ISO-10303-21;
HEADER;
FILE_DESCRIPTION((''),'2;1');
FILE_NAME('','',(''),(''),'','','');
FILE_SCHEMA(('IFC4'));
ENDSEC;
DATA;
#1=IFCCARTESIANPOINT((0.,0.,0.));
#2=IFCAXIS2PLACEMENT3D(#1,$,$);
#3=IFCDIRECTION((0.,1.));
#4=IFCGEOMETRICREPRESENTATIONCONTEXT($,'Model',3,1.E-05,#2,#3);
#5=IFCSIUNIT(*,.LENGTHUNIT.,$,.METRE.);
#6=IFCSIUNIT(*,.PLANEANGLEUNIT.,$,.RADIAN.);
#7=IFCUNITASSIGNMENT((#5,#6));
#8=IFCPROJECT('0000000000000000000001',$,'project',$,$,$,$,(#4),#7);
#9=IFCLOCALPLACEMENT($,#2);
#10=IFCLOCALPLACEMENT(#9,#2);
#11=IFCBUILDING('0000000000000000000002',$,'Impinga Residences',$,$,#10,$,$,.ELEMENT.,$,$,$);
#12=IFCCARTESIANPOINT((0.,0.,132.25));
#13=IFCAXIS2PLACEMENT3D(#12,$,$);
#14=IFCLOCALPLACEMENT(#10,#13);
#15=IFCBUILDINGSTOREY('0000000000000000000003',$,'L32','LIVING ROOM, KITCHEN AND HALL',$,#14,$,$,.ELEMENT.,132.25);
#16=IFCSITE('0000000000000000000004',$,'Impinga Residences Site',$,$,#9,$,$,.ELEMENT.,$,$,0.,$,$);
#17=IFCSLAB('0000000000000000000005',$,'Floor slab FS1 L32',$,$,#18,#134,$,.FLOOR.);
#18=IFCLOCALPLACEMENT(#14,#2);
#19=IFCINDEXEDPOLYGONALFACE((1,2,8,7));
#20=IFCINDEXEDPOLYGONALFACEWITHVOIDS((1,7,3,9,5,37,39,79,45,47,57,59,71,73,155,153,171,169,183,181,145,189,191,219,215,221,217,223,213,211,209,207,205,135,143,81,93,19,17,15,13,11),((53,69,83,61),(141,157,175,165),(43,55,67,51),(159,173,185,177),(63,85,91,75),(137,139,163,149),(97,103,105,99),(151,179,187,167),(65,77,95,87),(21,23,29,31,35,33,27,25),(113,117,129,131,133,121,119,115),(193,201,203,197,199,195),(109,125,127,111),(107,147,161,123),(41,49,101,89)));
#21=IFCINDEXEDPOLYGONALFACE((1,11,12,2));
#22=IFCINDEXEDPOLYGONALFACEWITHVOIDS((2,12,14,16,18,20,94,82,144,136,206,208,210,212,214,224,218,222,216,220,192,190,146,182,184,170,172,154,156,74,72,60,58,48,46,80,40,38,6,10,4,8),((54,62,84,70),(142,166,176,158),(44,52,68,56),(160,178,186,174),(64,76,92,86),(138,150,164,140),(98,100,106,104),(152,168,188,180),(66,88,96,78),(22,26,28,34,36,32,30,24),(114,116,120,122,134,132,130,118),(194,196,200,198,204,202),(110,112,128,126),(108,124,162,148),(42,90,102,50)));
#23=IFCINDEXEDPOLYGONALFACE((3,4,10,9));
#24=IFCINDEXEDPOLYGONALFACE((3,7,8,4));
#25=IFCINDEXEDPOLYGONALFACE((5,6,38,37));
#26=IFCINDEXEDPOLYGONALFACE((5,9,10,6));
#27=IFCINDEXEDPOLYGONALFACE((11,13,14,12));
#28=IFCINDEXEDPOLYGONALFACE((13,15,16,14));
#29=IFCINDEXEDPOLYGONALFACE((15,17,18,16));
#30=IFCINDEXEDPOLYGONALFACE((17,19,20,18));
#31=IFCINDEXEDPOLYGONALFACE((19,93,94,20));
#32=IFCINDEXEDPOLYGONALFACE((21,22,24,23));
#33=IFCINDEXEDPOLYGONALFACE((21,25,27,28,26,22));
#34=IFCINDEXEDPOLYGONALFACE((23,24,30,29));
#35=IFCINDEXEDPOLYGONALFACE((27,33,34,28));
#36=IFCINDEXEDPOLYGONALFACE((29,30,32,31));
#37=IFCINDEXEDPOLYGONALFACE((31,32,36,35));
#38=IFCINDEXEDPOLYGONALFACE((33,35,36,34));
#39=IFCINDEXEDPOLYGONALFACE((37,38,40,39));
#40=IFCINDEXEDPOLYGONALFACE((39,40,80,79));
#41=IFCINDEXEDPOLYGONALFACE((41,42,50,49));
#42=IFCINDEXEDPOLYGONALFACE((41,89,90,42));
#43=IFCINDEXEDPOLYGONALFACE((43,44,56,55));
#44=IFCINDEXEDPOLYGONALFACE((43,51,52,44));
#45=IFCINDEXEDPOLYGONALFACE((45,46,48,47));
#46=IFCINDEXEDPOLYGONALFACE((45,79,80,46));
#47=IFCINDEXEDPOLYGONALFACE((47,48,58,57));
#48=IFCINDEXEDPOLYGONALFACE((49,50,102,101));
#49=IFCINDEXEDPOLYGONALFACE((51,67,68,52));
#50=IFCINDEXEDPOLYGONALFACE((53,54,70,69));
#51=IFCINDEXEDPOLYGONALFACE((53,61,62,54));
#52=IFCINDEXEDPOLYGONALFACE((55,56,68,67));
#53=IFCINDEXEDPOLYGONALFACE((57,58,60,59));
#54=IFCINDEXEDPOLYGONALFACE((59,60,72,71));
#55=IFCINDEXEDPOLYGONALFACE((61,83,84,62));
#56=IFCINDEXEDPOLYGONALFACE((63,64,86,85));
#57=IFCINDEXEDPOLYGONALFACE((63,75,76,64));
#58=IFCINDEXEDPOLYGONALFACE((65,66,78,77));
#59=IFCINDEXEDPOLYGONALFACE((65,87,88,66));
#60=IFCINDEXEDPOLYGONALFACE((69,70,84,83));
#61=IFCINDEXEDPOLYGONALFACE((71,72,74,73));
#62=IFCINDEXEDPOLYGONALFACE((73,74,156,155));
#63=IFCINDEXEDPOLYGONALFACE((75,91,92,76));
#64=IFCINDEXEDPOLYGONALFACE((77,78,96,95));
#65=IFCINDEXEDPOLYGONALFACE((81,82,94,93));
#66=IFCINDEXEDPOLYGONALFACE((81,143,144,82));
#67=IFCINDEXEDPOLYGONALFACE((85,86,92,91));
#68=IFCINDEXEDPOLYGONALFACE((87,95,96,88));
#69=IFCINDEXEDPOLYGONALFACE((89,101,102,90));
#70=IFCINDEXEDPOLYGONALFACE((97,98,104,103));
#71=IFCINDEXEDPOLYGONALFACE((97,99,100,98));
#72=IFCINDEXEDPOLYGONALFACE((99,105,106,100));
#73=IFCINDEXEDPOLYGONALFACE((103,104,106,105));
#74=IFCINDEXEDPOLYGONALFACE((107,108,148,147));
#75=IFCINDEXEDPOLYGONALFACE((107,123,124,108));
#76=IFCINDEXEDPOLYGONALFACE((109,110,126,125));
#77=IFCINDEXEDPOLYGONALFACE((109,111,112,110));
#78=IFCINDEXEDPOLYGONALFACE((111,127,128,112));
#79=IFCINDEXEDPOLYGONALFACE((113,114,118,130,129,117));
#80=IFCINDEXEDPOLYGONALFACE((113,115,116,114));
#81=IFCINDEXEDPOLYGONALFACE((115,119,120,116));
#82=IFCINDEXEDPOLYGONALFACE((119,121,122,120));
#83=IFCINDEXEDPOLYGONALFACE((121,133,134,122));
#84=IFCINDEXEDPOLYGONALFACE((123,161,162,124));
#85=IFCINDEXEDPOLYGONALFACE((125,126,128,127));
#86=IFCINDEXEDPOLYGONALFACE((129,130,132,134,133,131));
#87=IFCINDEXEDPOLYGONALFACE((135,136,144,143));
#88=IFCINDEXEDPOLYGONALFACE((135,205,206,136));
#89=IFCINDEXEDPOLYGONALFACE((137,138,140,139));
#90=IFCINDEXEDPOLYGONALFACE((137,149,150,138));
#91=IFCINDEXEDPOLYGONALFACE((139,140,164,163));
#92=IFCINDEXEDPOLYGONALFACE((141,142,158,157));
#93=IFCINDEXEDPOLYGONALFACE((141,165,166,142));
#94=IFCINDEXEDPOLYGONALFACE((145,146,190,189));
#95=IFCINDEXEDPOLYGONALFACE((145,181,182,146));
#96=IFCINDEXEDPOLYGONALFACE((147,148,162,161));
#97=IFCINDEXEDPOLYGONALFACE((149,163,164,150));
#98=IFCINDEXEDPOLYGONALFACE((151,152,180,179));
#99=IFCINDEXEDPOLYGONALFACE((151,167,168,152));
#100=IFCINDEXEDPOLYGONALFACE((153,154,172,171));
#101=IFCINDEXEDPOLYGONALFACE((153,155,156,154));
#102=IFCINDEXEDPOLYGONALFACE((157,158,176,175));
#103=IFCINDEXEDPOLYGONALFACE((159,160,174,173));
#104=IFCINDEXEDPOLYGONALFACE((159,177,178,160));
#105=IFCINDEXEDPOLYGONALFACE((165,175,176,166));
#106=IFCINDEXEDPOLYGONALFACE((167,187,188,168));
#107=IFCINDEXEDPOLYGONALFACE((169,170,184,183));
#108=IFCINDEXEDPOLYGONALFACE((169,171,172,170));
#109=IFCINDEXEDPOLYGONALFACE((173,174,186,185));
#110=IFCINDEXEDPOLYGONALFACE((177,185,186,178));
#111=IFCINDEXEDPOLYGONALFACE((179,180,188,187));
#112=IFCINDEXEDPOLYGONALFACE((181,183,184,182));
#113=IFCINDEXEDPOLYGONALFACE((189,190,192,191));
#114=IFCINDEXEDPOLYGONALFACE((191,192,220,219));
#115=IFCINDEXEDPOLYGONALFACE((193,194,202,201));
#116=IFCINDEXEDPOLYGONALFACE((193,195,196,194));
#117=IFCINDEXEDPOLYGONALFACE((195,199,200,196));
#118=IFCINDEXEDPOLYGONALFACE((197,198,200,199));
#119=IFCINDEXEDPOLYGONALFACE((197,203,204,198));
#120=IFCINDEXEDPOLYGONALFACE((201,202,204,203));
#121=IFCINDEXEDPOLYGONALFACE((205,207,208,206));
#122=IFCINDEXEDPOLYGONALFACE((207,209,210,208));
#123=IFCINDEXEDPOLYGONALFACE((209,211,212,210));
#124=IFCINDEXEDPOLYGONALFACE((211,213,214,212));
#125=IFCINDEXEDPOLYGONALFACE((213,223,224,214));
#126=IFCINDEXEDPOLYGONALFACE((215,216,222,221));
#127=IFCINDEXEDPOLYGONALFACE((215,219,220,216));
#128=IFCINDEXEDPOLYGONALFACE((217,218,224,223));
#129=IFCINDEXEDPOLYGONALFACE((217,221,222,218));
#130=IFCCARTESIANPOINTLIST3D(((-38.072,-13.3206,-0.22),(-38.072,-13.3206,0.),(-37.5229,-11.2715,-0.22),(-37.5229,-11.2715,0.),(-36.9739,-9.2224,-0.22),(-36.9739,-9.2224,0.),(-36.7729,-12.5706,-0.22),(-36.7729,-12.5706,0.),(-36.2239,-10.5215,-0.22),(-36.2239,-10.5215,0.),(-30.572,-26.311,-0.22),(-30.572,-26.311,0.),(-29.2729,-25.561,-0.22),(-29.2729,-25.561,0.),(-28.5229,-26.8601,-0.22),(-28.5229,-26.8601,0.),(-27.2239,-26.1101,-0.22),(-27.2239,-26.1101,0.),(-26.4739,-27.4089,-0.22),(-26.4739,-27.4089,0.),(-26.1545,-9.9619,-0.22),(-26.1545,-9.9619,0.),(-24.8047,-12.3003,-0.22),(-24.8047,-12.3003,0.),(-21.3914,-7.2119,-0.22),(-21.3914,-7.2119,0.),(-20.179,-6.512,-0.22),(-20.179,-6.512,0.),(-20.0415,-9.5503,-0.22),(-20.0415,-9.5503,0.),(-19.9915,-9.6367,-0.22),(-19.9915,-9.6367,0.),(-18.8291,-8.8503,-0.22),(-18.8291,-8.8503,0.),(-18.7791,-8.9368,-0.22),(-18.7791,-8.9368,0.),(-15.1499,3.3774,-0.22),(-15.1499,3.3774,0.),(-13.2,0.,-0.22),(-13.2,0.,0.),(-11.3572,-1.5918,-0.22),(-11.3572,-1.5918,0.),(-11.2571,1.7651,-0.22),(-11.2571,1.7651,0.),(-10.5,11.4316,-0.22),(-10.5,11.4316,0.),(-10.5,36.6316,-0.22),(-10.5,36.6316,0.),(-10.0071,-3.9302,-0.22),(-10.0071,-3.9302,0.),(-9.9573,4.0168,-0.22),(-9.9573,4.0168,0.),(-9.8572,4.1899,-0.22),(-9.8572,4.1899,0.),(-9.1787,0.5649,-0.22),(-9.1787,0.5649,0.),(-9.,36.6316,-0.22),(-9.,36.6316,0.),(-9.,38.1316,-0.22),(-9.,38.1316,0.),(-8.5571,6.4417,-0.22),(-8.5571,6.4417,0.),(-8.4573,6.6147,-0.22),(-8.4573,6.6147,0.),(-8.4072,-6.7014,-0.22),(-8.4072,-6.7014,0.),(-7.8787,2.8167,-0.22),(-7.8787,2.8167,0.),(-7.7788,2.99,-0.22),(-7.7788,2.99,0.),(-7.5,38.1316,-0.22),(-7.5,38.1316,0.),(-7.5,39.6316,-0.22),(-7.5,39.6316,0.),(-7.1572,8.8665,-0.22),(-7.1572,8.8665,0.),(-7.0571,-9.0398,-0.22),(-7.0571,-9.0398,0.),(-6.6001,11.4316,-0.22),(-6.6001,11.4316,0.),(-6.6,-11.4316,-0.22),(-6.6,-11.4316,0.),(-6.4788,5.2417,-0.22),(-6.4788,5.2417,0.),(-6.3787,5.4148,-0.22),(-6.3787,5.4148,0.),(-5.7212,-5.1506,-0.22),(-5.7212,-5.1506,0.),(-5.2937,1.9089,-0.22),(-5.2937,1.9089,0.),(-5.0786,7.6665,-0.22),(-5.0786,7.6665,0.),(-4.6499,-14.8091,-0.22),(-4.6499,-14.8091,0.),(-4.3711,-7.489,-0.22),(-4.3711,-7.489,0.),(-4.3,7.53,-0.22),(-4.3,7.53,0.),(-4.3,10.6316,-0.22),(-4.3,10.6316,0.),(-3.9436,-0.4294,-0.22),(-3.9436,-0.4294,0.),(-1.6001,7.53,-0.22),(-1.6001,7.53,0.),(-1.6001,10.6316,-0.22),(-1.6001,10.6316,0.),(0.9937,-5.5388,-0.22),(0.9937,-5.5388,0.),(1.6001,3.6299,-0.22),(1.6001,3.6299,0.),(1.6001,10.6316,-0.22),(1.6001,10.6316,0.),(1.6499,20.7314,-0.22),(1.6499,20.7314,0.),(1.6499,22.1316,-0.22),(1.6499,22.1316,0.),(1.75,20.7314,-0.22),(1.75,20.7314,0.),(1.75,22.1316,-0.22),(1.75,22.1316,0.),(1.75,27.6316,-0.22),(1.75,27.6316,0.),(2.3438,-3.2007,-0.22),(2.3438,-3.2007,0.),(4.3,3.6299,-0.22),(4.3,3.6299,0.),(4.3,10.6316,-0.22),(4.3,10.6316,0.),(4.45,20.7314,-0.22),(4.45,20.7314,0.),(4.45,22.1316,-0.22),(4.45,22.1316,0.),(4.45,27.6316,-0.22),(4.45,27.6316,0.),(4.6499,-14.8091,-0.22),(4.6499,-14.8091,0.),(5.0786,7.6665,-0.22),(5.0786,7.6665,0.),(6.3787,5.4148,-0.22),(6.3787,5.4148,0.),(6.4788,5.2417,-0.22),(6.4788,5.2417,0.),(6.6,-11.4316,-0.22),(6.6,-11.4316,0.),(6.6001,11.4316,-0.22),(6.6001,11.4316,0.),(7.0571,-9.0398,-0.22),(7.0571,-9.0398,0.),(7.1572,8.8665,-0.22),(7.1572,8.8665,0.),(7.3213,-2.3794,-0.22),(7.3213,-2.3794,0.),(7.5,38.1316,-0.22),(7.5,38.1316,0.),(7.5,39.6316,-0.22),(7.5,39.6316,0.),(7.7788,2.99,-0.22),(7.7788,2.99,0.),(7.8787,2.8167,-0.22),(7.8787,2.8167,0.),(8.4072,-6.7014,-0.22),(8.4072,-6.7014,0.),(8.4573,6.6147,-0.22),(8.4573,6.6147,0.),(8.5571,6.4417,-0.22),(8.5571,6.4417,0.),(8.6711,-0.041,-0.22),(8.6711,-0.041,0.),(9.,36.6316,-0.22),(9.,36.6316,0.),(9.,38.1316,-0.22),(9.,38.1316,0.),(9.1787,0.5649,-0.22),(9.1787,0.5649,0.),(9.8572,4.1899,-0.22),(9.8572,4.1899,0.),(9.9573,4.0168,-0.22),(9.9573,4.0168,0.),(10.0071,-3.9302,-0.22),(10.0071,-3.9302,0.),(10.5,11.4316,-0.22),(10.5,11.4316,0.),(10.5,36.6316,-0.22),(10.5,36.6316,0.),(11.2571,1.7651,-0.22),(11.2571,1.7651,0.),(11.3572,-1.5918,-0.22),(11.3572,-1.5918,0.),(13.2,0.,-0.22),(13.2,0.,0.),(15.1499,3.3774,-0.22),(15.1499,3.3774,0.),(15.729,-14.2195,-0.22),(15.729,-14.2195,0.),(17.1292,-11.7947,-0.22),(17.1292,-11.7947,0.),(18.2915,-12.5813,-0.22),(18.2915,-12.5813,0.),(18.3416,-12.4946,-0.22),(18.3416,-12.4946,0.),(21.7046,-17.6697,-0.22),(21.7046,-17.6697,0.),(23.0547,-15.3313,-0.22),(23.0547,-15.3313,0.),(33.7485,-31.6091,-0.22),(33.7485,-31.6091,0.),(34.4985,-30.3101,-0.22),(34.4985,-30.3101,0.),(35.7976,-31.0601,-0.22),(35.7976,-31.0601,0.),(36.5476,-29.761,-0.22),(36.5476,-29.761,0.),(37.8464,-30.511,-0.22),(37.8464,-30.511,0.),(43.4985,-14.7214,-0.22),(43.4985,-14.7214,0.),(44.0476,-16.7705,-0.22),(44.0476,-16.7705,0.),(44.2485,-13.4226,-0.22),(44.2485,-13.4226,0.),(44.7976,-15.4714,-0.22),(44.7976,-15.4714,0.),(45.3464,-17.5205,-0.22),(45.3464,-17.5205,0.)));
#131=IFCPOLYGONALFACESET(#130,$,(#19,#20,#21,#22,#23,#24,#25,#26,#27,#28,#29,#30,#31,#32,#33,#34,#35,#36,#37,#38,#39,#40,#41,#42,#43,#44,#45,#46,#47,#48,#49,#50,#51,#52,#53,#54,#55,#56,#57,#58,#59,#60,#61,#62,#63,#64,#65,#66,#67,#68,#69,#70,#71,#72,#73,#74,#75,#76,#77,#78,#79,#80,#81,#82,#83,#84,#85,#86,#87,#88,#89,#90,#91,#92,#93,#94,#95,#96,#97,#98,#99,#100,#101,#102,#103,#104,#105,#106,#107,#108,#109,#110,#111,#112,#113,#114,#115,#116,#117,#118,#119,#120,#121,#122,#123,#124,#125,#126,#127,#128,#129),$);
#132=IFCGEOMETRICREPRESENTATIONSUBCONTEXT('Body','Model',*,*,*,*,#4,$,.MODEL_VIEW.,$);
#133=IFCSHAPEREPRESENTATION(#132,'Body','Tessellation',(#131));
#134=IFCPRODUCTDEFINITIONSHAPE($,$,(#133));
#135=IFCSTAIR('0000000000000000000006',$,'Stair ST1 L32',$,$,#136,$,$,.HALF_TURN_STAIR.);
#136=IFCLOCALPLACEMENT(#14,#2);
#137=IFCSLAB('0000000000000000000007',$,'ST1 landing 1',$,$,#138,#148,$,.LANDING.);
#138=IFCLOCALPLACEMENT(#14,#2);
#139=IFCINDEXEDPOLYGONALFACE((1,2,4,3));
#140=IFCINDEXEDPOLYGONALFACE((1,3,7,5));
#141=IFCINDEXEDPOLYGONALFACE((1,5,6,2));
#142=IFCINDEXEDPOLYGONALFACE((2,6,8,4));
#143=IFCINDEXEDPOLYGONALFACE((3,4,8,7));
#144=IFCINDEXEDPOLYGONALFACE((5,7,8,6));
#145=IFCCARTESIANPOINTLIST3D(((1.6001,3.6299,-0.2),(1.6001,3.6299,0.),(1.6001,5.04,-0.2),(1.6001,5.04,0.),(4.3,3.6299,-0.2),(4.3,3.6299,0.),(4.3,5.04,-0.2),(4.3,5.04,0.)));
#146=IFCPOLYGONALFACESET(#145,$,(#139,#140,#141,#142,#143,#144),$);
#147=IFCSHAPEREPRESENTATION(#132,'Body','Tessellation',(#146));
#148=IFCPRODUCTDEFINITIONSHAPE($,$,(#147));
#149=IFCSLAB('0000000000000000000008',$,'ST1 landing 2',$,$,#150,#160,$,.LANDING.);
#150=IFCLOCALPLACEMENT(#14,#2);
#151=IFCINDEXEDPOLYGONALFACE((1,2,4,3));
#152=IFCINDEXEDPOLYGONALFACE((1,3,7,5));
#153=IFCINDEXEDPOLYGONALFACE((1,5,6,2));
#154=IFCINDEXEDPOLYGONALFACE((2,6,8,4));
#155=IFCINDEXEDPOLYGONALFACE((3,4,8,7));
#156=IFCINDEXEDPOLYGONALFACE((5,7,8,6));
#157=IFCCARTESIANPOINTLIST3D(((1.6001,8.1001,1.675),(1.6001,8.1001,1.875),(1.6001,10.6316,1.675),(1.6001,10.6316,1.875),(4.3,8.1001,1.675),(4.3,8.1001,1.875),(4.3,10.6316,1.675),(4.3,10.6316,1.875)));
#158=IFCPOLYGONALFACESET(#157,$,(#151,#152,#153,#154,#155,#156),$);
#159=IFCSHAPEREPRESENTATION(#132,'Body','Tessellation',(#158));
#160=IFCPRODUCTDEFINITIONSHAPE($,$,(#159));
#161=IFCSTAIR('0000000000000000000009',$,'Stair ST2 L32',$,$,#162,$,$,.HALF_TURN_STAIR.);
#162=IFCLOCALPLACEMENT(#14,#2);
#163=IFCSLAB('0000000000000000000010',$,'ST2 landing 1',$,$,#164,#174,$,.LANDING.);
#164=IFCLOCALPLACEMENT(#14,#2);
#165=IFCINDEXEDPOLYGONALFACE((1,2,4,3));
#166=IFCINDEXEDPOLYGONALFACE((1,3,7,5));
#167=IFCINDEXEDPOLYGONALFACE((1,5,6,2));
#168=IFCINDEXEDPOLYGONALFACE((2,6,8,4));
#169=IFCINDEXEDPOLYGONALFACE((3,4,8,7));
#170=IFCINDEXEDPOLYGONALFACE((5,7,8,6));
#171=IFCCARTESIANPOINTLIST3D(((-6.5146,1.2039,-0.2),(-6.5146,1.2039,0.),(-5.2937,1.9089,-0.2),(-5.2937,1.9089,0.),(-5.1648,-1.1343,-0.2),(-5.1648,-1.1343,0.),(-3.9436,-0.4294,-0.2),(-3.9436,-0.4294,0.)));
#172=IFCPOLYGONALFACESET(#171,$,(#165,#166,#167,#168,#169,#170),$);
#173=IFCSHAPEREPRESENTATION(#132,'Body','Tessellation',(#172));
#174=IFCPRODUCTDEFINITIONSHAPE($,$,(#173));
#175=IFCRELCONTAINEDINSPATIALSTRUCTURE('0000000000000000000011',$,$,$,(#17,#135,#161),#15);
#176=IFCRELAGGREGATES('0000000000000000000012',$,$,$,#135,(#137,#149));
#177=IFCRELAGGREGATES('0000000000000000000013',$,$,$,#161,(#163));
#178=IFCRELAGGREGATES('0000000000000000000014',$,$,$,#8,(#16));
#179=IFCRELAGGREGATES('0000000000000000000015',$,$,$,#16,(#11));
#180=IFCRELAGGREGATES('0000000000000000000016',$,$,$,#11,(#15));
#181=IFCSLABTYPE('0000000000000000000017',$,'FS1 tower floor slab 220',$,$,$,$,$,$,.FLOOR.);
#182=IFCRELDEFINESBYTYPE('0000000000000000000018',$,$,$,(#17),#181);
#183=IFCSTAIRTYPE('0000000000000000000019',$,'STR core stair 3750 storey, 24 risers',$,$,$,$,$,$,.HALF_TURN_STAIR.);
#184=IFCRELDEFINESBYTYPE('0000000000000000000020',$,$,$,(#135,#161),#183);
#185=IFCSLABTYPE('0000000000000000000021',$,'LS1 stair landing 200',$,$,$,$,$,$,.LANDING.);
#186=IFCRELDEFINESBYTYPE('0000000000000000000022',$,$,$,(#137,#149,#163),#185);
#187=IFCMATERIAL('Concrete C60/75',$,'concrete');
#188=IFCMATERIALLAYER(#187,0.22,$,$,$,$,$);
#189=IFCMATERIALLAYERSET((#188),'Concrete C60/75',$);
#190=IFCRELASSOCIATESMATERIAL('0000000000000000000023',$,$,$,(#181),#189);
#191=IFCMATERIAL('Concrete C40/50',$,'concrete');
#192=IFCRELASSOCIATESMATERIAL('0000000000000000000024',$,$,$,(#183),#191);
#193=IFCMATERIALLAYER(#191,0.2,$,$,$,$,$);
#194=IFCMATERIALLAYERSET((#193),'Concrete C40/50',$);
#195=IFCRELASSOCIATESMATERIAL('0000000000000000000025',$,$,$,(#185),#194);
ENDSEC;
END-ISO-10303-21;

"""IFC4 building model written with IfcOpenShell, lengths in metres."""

from ifc_helpers import new_model, si_unit, direction, frame, origin, place, context, subcontext, project, spatial, polyline, outline, extrude, material, layer, layer_set, type_object, element, aggregate, save


model = new_model("IFC4")

# Units and contexts
model_context = context("Model", 3, precision=1e-05, world=origin(), true_north=direction((0.0, 1.0)))
body_context = subcontext(model_context, "Body", "Model", "MODEL_VIEW")
ifc_project = project(units=[si_unit("LENGTHUNIT", "METRE"), si_unit("PLANEANGLEUNIT", "RADIAN")], contexts=[model_context])

# Site, building, storey
site_placement = place(None, origin())
site = spatial("IfcSite", under=ifc_project, at=site_placement, Name="Impinga Residences Site", CompositionType="ELEMENT", RefElevation=0.0)
building_placement = place(site_placement, origin())
building = spatial("IfcBuilding", under=site, at=building_placement, Name="Impinga Residences", CompositionType="ELEMENT")
storey_placement = place(building_placement, frame((0.0, 0.0, 132.25)))
storey = spatial("IfcBuildingStorey", under=building, at=storey_placement, Name="L32", Description="LIVING ROOM, KITCHEN AND HALL", CompositionType="ELEMENT", Elevation=132.25)

# Slab
ifc_material_1 = material(Name="Concrete C60/75", Category="concrete")
ifc_layer_1 = layer(ifc_material_1, 0.22)
ifc_layer_set_1 = layer_set([ifc_layer_1], Name="Concrete C60/75")
slab_type_1 = type_object("IfcSlabType", Name="FS1 tower floor slab 220", PredefinedType="FLOOR", material=ifc_layer_set_1)
slab_1_placement = place(storey_placement, frame((0.0, 0.0, -0.22)))
element("IfcSlab", 1, at=slab_1_placement, inside=storey, type_object=slab_type_1, Name="Floor slab FS1 L32", PredefinedType="FLOOR", context=body_context, shape_type="SweptSolid", body=[
    extrude(outline(polyline([(43.4985, -14.7214), (44.7976, -15.4714), (44.0476, -16.7705), (45.3464, -17.5205), (37.8464, -30.511), (36.5476, -29.761), (35.7976, -31.0601), (34.4985, -30.3101), (33.7485, -31.6091), (4.6499, -14.8091), (9.9001, -5.7158), (6.6001, -11.4316), (-6.6001, -11.4316), (-9.9001, -5.7158), (-4.6499, -14.8091), (-26.4739, -27.4089), (-27.2239, -26.1101), (-28.5229, -26.8601), (-29.2729, -25.561), (-30.572, -26.311), (-38.072, -13.3206), (-36.7729, -12.5706), (-37.5229, -11.2715), (-36.2239, -10.5215), (-36.9739, -9.2224), (-15.1499, 3.3774), (-13.2, 0.0), (-6.6001, 11.4316), (-10.5, 11.4316), (-10.5, 36.6316), (-9.0, 36.6316), (-9.0, 38.1316), (-7.5, 38.1316), (-7.5, 39.6316), (7.5, 39.6316), (7.5, 38.1316), (9.0, 38.1316), (9.0, 36.6316), (10.5, 36.6316), (10.5, 11.4316), (6.6001, 11.4316), (13.2, 0.0), (15.1499, 3.3774), (44.2485, -13.4226), (43.4985, -14.7214)]), holes=[polyline([(-18.7791, -8.9368), (-18.8291, -8.8503), (-18.8291, -8.8503), (-20.179, -6.512), (-21.3914, -7.2119), (-21.3914, -7.2119), (-26.1545, -9.9619), (-24.8047, -12.3003), (-20.0415, -9.5503), (-19.9915, -9.6367), (-18.7791, -8.9368)]), polyline([(-4.3711, -7.489), (-5.7212, -5.1506), (-8.4072, -6.7014), (-7.0571, -9.0398), (-4.3711, -7.489)]), polyline([(-3.9436, -0.4294), (-5.2937, 1.9089), (-11.3572, -1.5918), (-10.0071, -3.9302), (-3.9436, -0.4294)]), polyline([(-7.8787, 2.8167), (-9.9573, 4.0168), (-11.2571, 1.7651), (-9.1787, 0.5649), (-7.8787, 2.8167)]), polyline([(-6.4788, 5.2417), (-8.5571, 6.4417), (-9.8572, 4.1899), (-7.7788, 2.99), (-6.4788, 5.2417)]), polyline([(4.3, 3.6299), (4.3, 10.6316), (1.6001, 10.6316), (1.6001, 3.6299), (4.3, 3.6299)]), polyline([(-6.3787, 5.4148), (-5.0786, 7.6665), (-7.1572, 8.8665), (-8.4573, 6.6147), (-6.3787, 5.4148)]), polyline([(-4.3, 7.53), (-1.6001, 7.53), (-1.6001, 10.6316), (-4.3, 10.6316), (-4.3, 7.53)]), polyline([(4.45, 20.7314), (4.45, 22.1316), (4.45, 27.6316), (1.75, 27.6316), (1.75, 22.1316), (1.6499, 22.1316), (1.6499, 20.7314), (1.75, 20.7314), (4.45, 20.7314)]), polyline([(15.729, -14.2195), (21.7046, -17.6697), (23.0547, -15.3313), (18.2915, -12.5813), (18.3416, -12.4946), (17.1292, -11.7947), (15.729, -14.2195)]), polyline([(2.3438, -3.2007), (0.9937, -5.5388), (7.0571, -9.0398), (8.4072, -6.7014), (2.3438, -3.2007)]), polyline([(7.3213, -2.3794), (10.0071, -3.9302), (11.3572, -1.5918), (8.6711, -0.041), (7.3213, -2.3794)]), polyline([(7.8787, 2.8167), (9.1787, 0.5649), (11.2571, 1.7651), (9.9573, 4.0168), (7.8787, 2.8167)]), polyline([(6.4788, 5.2417), (7.7788, 2.99), (9.8572, 4.1899), (8.5571, 6.4417), (6.4788, 5.2417)]), polyline([(6.3787, 5.4148), (8.4573, 6.6147), (7.1572, 8.8665), (5.0786, 7.6665), (6.3787, 5.4148)])]), origin(), (0.0, 0.0, 1.0), 0.22),
])

# Stairs, slabs
ifc_material_2 = material(Name="Concrete C40/50", Category="concrete")
stair_type_1 = type_object("IfcStairType", Name="STR core stair 3750 storey, 24 risers", PredefinedType="HALF_TURN_STAIR", material=ifc_material_2)
stair_1_placement = place(storey_placement, origin())
stair_1 = element("IfcStair", 2, at=stair_1_placement, inside=storey, type_object=stair_type_1, Name="Stair ST1 L32", PredefinedType="HALF_TURN_STAIR")
ifc_layer_2 = layer(ifc_material_2, 0.2)
ifc_layer_set_2 = layer_set([ifc_layer_2], Name="Concrete C40/50")
slab_type_2 = type_object("IfcSlabType", Name="LS1 stair landing 200", PredefinedType="LANDING", material=ifc_layer_set_2)
slab_2_placement = place(storey_placement, frame((0.0, 0.0, -0.2)))
slab_2 = element("IfcSlab", 3, at=slab_2_placement, type_object=slab_type_2, Name="ST1 landing 1", PredefinedType="LANDING", context=body_context, shape_type="SweptSolid", body=[
    extrude(outline(polyline([(1.6001, 3.6299), (4.3, 3.6299), (4.3, 5.04), (1.6001, 5.04), (1.6001, 3.6299)])), origin(), (0.0, 0.0, 1.0), 0.2),
])
slab_3_placement = place(storey_placement, frame((0.0, 0.0, 1.675)))
slab_3 = element("IfcSlab", 4, at=slab_3_placement, type_object=slab_type_2, Name="ST1 landing 2", PredefinedType="LANDING", context=body_context, shape_type="SweptSolid", body=[
    extrude(outline(polyline([(1.6001, 8.1001), (4.3, 8.1001), (4.3, 10.6316), (1.6001, 10.6316), (1.6001, 8.1001)])), origin(), (0.0, 0.0, 1.0), 0.2),
])
aggregate(stair_1, [slab_2, slab_3])
stair_2_placement = place(storey_placement, origin())
stair_2 = element("IfcStair", 5, at=stair_2_placement, inside=storey, type_object=stair_type_1, Name="Stair ST2 L32", PredefinedType="HALF_TURN_STAIR")
slab_4_placement = place(storey_placement, frame((0.0, 0.0, -0.2)))
slab_4 = element("IfcSlab", 6, at=slab_4_placement, type_object=slab_type_2, Name="ST2 landing 1", PredefinedType="LANDING", context=body_context, shape_type="SweptSolid", body=[
    extrude(outline(polyline([(-3.9436, -0.4294), (-5.2937, 1.9089), (-6.5146, 1.2039), (-5.1648, -1.1343), (-3.9436, -0.4294)])), origin(), (0.0, 0.0, 1.0), 0.2),
])
aggregate(stair_2, [slab_4])

save(model, "model.ifc")
